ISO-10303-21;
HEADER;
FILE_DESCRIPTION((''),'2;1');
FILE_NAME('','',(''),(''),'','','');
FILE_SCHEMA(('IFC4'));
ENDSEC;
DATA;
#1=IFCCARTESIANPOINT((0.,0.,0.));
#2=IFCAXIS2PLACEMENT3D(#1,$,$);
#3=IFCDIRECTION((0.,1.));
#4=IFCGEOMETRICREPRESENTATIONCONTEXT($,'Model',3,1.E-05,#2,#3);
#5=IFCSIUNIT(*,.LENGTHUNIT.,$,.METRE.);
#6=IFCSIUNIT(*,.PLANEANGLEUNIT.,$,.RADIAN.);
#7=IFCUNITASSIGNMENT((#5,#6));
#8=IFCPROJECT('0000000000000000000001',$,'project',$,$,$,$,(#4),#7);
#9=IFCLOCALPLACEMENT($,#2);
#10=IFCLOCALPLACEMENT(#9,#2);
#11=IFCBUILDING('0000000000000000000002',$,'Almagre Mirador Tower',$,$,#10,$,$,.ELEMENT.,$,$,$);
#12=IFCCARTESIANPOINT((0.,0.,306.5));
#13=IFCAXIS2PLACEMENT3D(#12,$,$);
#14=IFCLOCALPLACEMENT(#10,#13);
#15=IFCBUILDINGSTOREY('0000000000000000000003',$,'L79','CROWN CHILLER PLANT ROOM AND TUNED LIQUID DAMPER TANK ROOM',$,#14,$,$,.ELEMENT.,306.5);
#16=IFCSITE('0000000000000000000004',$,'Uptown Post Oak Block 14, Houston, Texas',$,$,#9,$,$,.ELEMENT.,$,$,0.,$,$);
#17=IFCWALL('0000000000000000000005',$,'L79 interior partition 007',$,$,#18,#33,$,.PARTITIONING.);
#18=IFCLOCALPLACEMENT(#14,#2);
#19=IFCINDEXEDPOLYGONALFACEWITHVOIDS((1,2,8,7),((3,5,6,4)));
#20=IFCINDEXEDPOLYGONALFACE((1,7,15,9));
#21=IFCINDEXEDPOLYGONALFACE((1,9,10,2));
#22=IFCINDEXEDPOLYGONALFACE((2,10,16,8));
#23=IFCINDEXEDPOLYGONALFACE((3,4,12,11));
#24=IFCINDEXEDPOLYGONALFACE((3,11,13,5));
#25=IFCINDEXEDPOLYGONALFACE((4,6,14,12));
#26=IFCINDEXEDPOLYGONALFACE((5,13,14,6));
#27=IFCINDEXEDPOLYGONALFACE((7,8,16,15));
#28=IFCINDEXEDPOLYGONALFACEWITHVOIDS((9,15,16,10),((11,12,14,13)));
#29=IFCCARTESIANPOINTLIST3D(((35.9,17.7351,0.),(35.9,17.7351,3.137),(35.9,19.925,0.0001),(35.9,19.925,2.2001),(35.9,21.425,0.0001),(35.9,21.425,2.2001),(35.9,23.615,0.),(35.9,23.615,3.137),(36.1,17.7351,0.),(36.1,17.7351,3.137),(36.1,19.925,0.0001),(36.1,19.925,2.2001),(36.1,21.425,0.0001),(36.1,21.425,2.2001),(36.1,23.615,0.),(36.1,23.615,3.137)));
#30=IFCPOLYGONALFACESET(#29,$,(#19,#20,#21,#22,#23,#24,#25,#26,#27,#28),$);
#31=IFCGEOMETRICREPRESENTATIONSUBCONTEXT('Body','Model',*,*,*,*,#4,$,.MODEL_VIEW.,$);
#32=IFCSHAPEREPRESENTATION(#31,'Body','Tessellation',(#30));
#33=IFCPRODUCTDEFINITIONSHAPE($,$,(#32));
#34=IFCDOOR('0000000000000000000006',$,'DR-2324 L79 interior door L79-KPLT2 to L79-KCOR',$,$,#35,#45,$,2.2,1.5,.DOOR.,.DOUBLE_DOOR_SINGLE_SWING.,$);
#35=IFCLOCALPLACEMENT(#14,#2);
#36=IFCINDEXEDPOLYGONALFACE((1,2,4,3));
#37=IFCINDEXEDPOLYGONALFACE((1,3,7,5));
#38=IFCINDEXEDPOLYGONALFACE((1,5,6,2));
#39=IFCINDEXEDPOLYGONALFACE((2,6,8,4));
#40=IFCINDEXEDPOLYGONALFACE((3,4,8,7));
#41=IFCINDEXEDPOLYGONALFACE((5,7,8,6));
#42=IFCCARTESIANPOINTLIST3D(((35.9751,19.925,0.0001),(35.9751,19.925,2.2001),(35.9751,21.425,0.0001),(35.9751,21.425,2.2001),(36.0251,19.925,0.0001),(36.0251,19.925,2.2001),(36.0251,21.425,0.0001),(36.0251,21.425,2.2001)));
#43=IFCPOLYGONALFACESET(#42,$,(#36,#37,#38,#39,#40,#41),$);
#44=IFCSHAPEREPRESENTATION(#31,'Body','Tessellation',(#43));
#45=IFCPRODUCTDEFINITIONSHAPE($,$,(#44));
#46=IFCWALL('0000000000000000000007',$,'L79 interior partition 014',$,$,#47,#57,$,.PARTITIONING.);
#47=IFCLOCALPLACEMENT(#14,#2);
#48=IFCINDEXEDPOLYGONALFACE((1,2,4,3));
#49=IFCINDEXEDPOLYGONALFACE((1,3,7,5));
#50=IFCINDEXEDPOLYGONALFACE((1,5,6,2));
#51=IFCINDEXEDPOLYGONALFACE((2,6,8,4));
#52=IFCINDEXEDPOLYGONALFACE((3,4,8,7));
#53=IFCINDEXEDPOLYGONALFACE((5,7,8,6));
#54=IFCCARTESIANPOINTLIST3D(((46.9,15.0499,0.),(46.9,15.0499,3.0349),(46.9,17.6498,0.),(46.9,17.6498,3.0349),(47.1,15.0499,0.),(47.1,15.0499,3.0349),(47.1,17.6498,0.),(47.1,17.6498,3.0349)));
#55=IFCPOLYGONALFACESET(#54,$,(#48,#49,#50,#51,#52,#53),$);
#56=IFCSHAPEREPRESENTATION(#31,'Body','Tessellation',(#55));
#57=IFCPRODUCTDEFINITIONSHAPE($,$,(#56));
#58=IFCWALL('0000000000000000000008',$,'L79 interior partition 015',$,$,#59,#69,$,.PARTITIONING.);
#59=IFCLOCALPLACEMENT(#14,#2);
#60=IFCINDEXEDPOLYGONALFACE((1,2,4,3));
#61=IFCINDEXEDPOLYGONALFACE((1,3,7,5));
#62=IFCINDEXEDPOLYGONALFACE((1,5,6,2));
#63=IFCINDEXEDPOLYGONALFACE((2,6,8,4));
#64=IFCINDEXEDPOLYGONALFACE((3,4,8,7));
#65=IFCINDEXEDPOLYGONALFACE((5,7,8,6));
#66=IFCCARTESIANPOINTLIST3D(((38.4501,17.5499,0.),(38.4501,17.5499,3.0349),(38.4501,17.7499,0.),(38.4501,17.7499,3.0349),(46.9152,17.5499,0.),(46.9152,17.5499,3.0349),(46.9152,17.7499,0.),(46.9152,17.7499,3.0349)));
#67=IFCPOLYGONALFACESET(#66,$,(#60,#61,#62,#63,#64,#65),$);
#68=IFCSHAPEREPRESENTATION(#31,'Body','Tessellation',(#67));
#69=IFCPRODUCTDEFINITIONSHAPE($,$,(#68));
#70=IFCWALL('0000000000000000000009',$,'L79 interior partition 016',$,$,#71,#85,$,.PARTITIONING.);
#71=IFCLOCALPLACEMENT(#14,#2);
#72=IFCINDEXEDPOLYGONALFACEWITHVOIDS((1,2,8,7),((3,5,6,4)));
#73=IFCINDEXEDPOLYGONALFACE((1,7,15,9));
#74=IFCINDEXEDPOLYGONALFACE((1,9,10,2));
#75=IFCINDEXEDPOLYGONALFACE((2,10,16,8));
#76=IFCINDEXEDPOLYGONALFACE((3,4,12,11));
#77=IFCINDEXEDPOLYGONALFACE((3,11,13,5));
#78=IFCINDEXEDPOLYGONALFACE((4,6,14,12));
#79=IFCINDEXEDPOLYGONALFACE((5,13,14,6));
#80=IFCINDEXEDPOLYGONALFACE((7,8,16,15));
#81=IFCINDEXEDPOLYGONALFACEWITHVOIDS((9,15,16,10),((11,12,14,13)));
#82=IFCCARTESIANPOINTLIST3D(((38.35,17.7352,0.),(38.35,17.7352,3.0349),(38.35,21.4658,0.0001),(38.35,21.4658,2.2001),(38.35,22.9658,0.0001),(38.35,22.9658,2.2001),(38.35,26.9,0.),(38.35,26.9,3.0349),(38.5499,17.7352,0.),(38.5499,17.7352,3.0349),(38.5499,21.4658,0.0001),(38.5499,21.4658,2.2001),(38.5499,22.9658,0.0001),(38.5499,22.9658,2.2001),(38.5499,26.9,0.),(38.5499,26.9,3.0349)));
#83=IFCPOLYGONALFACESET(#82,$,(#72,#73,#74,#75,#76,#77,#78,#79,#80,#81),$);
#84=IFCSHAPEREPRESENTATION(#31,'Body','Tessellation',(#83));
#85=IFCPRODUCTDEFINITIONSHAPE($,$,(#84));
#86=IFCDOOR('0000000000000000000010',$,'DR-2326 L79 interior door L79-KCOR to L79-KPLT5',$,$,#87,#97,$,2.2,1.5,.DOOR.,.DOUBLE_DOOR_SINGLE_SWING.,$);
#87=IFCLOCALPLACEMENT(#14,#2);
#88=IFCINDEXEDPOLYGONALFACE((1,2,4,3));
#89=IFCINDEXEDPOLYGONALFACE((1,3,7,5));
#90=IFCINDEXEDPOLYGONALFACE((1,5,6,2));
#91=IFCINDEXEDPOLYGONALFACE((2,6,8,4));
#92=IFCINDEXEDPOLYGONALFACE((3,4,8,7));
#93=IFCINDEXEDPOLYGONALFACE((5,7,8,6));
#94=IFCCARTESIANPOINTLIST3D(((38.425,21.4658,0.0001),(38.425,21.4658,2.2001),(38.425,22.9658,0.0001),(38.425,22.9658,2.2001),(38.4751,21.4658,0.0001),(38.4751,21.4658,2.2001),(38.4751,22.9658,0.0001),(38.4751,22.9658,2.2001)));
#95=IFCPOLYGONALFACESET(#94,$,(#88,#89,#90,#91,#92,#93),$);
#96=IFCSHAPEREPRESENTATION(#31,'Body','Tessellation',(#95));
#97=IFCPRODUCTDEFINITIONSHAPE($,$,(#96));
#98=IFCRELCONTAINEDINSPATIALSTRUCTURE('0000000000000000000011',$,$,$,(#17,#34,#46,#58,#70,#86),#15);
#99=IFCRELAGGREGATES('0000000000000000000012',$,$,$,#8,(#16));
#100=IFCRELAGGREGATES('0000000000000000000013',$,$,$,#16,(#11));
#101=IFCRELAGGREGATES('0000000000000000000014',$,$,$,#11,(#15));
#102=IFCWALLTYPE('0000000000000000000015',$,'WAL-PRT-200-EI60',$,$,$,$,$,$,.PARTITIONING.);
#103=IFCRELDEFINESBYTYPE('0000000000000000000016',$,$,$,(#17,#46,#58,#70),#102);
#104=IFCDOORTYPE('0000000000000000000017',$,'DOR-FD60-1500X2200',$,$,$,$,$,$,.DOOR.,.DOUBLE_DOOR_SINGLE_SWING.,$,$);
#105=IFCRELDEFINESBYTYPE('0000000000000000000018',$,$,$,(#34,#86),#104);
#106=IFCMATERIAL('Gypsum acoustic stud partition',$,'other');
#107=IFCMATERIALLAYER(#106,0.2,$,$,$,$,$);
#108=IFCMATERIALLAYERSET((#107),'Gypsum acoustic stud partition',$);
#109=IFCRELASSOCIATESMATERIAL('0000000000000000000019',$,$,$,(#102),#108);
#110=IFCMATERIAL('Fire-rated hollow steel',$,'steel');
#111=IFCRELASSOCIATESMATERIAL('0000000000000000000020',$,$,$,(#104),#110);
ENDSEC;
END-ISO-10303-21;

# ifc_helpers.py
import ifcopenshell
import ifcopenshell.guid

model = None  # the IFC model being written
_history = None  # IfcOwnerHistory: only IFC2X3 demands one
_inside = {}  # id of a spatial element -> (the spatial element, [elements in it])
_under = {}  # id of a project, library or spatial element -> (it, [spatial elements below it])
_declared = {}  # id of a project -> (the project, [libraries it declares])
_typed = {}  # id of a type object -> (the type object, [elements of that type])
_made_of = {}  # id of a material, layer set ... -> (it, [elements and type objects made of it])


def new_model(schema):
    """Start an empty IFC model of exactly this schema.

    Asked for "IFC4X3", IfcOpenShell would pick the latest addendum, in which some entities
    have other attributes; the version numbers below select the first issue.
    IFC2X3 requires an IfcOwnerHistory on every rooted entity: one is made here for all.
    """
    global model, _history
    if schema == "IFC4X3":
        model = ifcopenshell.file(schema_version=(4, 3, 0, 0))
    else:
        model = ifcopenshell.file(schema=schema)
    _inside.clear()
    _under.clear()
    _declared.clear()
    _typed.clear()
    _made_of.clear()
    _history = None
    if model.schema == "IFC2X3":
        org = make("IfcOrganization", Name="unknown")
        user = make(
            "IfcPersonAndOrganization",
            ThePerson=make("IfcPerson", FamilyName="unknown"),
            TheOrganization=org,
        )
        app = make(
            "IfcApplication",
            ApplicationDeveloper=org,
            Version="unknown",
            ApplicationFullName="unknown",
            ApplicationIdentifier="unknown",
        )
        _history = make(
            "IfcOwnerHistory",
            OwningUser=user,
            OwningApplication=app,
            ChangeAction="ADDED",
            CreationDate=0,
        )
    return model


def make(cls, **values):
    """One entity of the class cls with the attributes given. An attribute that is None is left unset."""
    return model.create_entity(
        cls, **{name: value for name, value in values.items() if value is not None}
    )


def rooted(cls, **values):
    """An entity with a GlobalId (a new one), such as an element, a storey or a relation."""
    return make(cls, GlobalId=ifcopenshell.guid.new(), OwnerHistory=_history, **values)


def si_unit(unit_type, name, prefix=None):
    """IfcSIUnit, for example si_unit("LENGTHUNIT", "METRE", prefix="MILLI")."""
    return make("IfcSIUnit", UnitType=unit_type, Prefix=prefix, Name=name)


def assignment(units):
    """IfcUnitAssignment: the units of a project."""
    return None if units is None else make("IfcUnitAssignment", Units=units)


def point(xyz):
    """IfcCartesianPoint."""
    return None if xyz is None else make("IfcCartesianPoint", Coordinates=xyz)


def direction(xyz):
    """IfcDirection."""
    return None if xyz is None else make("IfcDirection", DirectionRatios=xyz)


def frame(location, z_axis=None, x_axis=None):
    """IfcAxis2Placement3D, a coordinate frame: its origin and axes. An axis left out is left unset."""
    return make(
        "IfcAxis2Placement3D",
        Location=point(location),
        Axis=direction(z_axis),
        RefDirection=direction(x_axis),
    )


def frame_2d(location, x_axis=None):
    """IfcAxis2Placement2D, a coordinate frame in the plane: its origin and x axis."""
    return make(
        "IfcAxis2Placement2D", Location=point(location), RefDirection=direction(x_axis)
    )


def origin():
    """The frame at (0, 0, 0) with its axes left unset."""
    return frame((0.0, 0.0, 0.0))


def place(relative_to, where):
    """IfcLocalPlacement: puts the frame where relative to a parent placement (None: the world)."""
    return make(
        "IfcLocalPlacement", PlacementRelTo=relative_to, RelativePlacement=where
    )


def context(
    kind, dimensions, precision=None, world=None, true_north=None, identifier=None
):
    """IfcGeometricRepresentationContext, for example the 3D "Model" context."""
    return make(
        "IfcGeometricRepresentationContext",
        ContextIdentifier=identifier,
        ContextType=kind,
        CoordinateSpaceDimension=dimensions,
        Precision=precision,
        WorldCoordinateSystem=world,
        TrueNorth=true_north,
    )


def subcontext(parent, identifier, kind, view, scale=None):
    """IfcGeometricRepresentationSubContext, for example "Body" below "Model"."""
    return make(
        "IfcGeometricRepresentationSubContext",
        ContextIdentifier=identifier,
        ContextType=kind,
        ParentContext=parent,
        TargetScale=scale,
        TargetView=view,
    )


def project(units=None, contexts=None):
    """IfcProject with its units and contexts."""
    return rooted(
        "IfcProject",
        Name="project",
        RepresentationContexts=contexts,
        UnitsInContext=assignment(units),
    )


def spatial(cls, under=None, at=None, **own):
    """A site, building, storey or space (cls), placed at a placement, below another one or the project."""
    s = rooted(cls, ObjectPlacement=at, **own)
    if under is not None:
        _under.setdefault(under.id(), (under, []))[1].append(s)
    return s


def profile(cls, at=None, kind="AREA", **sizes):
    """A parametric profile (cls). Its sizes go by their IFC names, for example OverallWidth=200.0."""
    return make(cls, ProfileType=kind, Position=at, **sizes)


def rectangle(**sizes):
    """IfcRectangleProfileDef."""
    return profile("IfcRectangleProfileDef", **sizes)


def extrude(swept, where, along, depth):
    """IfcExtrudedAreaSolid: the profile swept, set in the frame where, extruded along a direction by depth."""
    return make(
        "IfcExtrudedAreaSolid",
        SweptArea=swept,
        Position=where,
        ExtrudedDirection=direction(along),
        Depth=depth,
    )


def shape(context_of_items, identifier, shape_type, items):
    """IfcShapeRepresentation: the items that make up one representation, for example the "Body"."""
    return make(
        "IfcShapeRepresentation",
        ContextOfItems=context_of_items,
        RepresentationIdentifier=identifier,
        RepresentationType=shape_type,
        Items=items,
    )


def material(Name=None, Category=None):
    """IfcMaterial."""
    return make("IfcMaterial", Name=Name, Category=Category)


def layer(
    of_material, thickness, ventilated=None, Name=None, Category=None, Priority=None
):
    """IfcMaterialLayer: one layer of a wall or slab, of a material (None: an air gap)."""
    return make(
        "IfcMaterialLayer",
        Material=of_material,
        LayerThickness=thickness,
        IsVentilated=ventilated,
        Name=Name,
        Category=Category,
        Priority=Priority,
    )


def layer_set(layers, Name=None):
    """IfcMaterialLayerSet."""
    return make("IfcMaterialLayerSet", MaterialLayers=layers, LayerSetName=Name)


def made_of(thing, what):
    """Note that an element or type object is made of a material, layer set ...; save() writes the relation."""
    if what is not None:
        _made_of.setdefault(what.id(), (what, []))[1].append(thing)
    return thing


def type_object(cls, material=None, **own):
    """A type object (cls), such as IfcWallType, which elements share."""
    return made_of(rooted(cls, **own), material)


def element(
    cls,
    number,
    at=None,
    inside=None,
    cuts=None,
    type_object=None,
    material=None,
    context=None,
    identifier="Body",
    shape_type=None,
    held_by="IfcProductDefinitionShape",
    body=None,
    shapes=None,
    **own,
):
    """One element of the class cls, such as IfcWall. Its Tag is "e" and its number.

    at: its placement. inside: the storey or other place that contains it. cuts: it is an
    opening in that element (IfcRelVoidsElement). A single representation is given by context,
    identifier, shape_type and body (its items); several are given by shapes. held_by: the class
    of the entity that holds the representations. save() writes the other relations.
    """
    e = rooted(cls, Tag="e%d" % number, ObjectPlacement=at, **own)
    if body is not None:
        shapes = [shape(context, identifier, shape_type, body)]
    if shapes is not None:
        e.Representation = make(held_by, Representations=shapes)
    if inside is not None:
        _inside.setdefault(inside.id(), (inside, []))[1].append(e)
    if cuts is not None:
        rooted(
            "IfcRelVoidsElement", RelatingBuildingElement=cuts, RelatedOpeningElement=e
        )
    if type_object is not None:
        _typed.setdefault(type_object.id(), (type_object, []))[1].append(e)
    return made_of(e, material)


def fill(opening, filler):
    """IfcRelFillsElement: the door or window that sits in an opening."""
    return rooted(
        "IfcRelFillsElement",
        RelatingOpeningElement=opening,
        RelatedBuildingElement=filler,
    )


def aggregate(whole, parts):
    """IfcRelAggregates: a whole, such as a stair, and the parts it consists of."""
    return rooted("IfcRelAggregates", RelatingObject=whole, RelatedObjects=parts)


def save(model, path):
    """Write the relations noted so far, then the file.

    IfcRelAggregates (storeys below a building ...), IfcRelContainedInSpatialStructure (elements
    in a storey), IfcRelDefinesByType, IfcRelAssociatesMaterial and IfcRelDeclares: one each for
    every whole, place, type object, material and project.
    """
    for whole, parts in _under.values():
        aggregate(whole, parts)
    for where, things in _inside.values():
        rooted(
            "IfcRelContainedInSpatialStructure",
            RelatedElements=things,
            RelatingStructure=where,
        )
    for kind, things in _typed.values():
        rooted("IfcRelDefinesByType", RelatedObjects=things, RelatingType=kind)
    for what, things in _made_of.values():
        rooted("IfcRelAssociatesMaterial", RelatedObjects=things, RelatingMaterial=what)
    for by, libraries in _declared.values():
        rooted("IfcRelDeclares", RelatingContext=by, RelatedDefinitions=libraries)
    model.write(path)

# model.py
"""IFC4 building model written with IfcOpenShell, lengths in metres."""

from ifc_helpers import new_model, si_unit, direction, frame, frame_2d, origin, place, context, subcontext, project, spatial, rectangle, extrude, material, layer, layer_set, type_object, element, fill, save


model = new_model("IFC4")

# Units and contexts
model_context = context("Model", 3, precision=1e-05, world=origin(), true_north=direction((0.0, 1.0)))
body_context = subcontext(model_context, "Body", "Model", "MODEL_VIEW")
ifc_project = project(units=[si_unit("LENGTHUNIT", "METRE"), si_unit("PLANEANGLEUNIT", "RADIAN")], contexts=[model_context])

# Site, building, storey
site_placement = place(None, origin())
site = spatial("IfcSite", under=ifc_project, at=site_placement, Name="Uptown Post Oak Block 14, Houston, Texas", CompositionType="ELEMENT", RefElevation=0.0)
building_placement = place(site_placement, origin())
building = spatial("IfcBuilding", under=site, at=building_placement, Name="Almagre Mirador Tower", CompositionType="ELEMENT")
storey_placement = place(building_placement, frame((0.0, 0.0, 306.5)))
storey = spatial("IfcBuildingStorey", under=building, at=storey_placement, Name="L79", Description="CROWN CHILLER PLANT ROOM AND TUNED LIQUID DAMPER TANK ROOM", CompositionType="ELEMENT", Elevation=306.5)

# Wall, opening, door
ifc_material_1 = material(Name="Gypsum acoustic stud partition", Category="other")
ifc_layer_1 = layer(ifc_material_1, 0.2)
ifc_layer_set_1 = layer_set([ifc_layer_1], Name="Gypsum acoustic stud partition")
wall_type_1 = type_object("IfcWallType", Name="WAL-PRT-200-EI60", PredefinedType="PARTITIONING", material=ifc_layer_set_1)
wall_1_placement = place(storey_placement, frame((36.0, 17.7351, 0.0), z_axis=(0.0, 0.0, 1.0), x_axis=(0.0, 1.0, 0.0)))
wall_1 = element("IfcWall", 1, at=wall_1_placement, inside=storey, type_object=wall_type_1, Name="L79 interior partition 007", PredefinedType="PARTITIONING", context=body_context, shape_type="SweptSolid", body=[
    extrude(rectangle(XDim=5.8799, YDim=0.2, at=frame_2d((2.9399, 0.0))), origin(), (0.0, 0.0, 1.0), 3.137),
])
opening_1_placement = place(wall_1_placement, frame((2.1899, 0.0, 0.0)))
opening_1 = element("IfcOpeningElement", 2, at=opening_1_placement, cuts=wall_1, PredefinedType="OPENING", context=body_context, shape_type="SweptSolid", body=[
    extrude(rectangle(XDim=1.5, YDim=2.2, at=frame_2d((0.75, 1.1001))), frame((0.0, 0.1101, 0.0), z_axis=(0.0, -1.0, 0.0), x_axis=(1.0, 0.0, 0.0)), (0.0, 0.0, 1.0), 0.22),
])
ifc_material_2 = material(Name="Fire-rated hollow steel", Category="steel")
door_type = type_object("IfcDoorType", Name="DOR-FD60-1500X2200", OperationType="DOUBLE_DOOR_SINGLE_SWING", PredefinedType="DOOR", material=ifc_material_2)
door_1_placement = place(opening_1_placement, origin())
door_1 = element("IfcDoor", 3, at=door_1_placement, inside=storey, type_object=door_type, Name="DR-2324 L79 interior door L79-KPLT2 to L79-KCOR", OperationType="DOUBLE_DOOR_SINGLE_SWING", OverallHeight=2.2, OverallWidth=1.5, PredefinedType="DOOR", context=body_context, shape_type="SweptSolid", body=[
    extrude(rectangle(XDim=1.5, YDim=2.2, at=frame_2d((0.75, 1.1001))), frame((0.0, 0.0249, 0.0), z_axis=(0.0, -1.0, 0.0), x_axis=(1.0, 0.0, 0.0)), (0.0, 0.0, 1.0), 0.05),
])
fill(opening_1, door_1)

# Walls
wall_2_placement = place(storey_placement, frame((47.0, 15.05, 0.0), z_axis=(0.0, 0.0, 1.0), x_axis=(0.0, 1.0, 0.0)))
element("IfcWall", 4, at=wall_2_placement, inside=storey, type_object=wall_type_1, Name="L79 interior partition 014", PredefinedType="PARTITIONING", context=body_context, shape_type="SweptSolid", body=[
    extrude(rectangle(XDim=2.5999, YDim=0.2, at=frame_2d((1.2998, 0.0))), origin(), (0.0, 0.0, 1.0), 3.0349),
])
wall_3_placement = place(storey_placement, frame((46.915, 17.6499, 0.0), z_axis=(0.0, 0.0, 1.0), x_axis=(-1.0, 0.0, 0.0)))
element("IfcWall", 5, at=wall_3_placement, inside=storey, type_object=wall_type_1, Name="L79 interior partition 015", PredefinedType="PARTITIONING", context=body_context, shape_type="SweptSolid", body=[
    extrude(rectangle(XDim=8.4651, YDim=0.2, at=frame_2d((4.2324, 0.0))), origin(), (0.0, 0.0, 1.0), 3.0349),
])

# Wall, opening, door
wall_4_placement = place(storey_placement, frame((38.45, 17.7351, 0.0), z_axis=(0.0, 0.0, 1.0), x_axis=(0.0, 1.0, 0.0)))
wall_4 = element("IfcWall", 6, at=wall_4_placement, inside=storey, type_object=wall_type_1, Name="L79 interior partition 016", PredefinedType="PARTITIONING", context=body_context, shape_type="SweptSolid", body=[
    extrude(rectangle(XDim=9.1648, YDim=0.2, at=frame_2d((4.5825, 0.0))), origin(), (0.0, 0.0, 1.0), 3.0349),
])
opening_2_placement = place(wall_4_placement, frame((3.7307, 0.0, 0.0)))
opening_2 = element("IfcOpeningElement", 7, at=opening_2_placement, cuts=wall_4, PredefinedType="OPENING", context=body_context, shape_type="SweptSolid", body=[
    extrude(rectangle(XDim=1.5, YDim=2.2, at=frame_2d((0.75, 1.1001))), frame((0.0, 0.1101, 0.0), z_axis=(0.0, -1.0, 0.0), x_axis=(1.0, 0.0, 0.0)), (0.0, 0.0, 1.0), 0.22),
])
door_2_placement = place(opening_2_placement, origin())
door_2 = element("IfcDoor", 8, at=door_2_placement, inside=storey, type_object=door_type, Name="DR-2326 L79 interior door L79-KCOR to L79-KPLT5", OperationType="DOUBLE_DOOR_SINGLE_SWING", OverallHeight=2.2, OverallWidth=1.5, PredefinedType="DOOR", context=body_context, shape_type="SweptSolid", body=[
    extrude(rectangle(XDim=1.5, YDim=2.2, at=frame_2d((0.75, 1.1001))), frame((0.0, 0.0249, 0.0), z_axis=(0.0, -1.0, 0.0), x_axis=(1.0, 0.0, 0.0)), (0.0, 0.0, 1.0), 0.05),
])
fill(opening_2, door_2)

save(model, "model.ifc")
